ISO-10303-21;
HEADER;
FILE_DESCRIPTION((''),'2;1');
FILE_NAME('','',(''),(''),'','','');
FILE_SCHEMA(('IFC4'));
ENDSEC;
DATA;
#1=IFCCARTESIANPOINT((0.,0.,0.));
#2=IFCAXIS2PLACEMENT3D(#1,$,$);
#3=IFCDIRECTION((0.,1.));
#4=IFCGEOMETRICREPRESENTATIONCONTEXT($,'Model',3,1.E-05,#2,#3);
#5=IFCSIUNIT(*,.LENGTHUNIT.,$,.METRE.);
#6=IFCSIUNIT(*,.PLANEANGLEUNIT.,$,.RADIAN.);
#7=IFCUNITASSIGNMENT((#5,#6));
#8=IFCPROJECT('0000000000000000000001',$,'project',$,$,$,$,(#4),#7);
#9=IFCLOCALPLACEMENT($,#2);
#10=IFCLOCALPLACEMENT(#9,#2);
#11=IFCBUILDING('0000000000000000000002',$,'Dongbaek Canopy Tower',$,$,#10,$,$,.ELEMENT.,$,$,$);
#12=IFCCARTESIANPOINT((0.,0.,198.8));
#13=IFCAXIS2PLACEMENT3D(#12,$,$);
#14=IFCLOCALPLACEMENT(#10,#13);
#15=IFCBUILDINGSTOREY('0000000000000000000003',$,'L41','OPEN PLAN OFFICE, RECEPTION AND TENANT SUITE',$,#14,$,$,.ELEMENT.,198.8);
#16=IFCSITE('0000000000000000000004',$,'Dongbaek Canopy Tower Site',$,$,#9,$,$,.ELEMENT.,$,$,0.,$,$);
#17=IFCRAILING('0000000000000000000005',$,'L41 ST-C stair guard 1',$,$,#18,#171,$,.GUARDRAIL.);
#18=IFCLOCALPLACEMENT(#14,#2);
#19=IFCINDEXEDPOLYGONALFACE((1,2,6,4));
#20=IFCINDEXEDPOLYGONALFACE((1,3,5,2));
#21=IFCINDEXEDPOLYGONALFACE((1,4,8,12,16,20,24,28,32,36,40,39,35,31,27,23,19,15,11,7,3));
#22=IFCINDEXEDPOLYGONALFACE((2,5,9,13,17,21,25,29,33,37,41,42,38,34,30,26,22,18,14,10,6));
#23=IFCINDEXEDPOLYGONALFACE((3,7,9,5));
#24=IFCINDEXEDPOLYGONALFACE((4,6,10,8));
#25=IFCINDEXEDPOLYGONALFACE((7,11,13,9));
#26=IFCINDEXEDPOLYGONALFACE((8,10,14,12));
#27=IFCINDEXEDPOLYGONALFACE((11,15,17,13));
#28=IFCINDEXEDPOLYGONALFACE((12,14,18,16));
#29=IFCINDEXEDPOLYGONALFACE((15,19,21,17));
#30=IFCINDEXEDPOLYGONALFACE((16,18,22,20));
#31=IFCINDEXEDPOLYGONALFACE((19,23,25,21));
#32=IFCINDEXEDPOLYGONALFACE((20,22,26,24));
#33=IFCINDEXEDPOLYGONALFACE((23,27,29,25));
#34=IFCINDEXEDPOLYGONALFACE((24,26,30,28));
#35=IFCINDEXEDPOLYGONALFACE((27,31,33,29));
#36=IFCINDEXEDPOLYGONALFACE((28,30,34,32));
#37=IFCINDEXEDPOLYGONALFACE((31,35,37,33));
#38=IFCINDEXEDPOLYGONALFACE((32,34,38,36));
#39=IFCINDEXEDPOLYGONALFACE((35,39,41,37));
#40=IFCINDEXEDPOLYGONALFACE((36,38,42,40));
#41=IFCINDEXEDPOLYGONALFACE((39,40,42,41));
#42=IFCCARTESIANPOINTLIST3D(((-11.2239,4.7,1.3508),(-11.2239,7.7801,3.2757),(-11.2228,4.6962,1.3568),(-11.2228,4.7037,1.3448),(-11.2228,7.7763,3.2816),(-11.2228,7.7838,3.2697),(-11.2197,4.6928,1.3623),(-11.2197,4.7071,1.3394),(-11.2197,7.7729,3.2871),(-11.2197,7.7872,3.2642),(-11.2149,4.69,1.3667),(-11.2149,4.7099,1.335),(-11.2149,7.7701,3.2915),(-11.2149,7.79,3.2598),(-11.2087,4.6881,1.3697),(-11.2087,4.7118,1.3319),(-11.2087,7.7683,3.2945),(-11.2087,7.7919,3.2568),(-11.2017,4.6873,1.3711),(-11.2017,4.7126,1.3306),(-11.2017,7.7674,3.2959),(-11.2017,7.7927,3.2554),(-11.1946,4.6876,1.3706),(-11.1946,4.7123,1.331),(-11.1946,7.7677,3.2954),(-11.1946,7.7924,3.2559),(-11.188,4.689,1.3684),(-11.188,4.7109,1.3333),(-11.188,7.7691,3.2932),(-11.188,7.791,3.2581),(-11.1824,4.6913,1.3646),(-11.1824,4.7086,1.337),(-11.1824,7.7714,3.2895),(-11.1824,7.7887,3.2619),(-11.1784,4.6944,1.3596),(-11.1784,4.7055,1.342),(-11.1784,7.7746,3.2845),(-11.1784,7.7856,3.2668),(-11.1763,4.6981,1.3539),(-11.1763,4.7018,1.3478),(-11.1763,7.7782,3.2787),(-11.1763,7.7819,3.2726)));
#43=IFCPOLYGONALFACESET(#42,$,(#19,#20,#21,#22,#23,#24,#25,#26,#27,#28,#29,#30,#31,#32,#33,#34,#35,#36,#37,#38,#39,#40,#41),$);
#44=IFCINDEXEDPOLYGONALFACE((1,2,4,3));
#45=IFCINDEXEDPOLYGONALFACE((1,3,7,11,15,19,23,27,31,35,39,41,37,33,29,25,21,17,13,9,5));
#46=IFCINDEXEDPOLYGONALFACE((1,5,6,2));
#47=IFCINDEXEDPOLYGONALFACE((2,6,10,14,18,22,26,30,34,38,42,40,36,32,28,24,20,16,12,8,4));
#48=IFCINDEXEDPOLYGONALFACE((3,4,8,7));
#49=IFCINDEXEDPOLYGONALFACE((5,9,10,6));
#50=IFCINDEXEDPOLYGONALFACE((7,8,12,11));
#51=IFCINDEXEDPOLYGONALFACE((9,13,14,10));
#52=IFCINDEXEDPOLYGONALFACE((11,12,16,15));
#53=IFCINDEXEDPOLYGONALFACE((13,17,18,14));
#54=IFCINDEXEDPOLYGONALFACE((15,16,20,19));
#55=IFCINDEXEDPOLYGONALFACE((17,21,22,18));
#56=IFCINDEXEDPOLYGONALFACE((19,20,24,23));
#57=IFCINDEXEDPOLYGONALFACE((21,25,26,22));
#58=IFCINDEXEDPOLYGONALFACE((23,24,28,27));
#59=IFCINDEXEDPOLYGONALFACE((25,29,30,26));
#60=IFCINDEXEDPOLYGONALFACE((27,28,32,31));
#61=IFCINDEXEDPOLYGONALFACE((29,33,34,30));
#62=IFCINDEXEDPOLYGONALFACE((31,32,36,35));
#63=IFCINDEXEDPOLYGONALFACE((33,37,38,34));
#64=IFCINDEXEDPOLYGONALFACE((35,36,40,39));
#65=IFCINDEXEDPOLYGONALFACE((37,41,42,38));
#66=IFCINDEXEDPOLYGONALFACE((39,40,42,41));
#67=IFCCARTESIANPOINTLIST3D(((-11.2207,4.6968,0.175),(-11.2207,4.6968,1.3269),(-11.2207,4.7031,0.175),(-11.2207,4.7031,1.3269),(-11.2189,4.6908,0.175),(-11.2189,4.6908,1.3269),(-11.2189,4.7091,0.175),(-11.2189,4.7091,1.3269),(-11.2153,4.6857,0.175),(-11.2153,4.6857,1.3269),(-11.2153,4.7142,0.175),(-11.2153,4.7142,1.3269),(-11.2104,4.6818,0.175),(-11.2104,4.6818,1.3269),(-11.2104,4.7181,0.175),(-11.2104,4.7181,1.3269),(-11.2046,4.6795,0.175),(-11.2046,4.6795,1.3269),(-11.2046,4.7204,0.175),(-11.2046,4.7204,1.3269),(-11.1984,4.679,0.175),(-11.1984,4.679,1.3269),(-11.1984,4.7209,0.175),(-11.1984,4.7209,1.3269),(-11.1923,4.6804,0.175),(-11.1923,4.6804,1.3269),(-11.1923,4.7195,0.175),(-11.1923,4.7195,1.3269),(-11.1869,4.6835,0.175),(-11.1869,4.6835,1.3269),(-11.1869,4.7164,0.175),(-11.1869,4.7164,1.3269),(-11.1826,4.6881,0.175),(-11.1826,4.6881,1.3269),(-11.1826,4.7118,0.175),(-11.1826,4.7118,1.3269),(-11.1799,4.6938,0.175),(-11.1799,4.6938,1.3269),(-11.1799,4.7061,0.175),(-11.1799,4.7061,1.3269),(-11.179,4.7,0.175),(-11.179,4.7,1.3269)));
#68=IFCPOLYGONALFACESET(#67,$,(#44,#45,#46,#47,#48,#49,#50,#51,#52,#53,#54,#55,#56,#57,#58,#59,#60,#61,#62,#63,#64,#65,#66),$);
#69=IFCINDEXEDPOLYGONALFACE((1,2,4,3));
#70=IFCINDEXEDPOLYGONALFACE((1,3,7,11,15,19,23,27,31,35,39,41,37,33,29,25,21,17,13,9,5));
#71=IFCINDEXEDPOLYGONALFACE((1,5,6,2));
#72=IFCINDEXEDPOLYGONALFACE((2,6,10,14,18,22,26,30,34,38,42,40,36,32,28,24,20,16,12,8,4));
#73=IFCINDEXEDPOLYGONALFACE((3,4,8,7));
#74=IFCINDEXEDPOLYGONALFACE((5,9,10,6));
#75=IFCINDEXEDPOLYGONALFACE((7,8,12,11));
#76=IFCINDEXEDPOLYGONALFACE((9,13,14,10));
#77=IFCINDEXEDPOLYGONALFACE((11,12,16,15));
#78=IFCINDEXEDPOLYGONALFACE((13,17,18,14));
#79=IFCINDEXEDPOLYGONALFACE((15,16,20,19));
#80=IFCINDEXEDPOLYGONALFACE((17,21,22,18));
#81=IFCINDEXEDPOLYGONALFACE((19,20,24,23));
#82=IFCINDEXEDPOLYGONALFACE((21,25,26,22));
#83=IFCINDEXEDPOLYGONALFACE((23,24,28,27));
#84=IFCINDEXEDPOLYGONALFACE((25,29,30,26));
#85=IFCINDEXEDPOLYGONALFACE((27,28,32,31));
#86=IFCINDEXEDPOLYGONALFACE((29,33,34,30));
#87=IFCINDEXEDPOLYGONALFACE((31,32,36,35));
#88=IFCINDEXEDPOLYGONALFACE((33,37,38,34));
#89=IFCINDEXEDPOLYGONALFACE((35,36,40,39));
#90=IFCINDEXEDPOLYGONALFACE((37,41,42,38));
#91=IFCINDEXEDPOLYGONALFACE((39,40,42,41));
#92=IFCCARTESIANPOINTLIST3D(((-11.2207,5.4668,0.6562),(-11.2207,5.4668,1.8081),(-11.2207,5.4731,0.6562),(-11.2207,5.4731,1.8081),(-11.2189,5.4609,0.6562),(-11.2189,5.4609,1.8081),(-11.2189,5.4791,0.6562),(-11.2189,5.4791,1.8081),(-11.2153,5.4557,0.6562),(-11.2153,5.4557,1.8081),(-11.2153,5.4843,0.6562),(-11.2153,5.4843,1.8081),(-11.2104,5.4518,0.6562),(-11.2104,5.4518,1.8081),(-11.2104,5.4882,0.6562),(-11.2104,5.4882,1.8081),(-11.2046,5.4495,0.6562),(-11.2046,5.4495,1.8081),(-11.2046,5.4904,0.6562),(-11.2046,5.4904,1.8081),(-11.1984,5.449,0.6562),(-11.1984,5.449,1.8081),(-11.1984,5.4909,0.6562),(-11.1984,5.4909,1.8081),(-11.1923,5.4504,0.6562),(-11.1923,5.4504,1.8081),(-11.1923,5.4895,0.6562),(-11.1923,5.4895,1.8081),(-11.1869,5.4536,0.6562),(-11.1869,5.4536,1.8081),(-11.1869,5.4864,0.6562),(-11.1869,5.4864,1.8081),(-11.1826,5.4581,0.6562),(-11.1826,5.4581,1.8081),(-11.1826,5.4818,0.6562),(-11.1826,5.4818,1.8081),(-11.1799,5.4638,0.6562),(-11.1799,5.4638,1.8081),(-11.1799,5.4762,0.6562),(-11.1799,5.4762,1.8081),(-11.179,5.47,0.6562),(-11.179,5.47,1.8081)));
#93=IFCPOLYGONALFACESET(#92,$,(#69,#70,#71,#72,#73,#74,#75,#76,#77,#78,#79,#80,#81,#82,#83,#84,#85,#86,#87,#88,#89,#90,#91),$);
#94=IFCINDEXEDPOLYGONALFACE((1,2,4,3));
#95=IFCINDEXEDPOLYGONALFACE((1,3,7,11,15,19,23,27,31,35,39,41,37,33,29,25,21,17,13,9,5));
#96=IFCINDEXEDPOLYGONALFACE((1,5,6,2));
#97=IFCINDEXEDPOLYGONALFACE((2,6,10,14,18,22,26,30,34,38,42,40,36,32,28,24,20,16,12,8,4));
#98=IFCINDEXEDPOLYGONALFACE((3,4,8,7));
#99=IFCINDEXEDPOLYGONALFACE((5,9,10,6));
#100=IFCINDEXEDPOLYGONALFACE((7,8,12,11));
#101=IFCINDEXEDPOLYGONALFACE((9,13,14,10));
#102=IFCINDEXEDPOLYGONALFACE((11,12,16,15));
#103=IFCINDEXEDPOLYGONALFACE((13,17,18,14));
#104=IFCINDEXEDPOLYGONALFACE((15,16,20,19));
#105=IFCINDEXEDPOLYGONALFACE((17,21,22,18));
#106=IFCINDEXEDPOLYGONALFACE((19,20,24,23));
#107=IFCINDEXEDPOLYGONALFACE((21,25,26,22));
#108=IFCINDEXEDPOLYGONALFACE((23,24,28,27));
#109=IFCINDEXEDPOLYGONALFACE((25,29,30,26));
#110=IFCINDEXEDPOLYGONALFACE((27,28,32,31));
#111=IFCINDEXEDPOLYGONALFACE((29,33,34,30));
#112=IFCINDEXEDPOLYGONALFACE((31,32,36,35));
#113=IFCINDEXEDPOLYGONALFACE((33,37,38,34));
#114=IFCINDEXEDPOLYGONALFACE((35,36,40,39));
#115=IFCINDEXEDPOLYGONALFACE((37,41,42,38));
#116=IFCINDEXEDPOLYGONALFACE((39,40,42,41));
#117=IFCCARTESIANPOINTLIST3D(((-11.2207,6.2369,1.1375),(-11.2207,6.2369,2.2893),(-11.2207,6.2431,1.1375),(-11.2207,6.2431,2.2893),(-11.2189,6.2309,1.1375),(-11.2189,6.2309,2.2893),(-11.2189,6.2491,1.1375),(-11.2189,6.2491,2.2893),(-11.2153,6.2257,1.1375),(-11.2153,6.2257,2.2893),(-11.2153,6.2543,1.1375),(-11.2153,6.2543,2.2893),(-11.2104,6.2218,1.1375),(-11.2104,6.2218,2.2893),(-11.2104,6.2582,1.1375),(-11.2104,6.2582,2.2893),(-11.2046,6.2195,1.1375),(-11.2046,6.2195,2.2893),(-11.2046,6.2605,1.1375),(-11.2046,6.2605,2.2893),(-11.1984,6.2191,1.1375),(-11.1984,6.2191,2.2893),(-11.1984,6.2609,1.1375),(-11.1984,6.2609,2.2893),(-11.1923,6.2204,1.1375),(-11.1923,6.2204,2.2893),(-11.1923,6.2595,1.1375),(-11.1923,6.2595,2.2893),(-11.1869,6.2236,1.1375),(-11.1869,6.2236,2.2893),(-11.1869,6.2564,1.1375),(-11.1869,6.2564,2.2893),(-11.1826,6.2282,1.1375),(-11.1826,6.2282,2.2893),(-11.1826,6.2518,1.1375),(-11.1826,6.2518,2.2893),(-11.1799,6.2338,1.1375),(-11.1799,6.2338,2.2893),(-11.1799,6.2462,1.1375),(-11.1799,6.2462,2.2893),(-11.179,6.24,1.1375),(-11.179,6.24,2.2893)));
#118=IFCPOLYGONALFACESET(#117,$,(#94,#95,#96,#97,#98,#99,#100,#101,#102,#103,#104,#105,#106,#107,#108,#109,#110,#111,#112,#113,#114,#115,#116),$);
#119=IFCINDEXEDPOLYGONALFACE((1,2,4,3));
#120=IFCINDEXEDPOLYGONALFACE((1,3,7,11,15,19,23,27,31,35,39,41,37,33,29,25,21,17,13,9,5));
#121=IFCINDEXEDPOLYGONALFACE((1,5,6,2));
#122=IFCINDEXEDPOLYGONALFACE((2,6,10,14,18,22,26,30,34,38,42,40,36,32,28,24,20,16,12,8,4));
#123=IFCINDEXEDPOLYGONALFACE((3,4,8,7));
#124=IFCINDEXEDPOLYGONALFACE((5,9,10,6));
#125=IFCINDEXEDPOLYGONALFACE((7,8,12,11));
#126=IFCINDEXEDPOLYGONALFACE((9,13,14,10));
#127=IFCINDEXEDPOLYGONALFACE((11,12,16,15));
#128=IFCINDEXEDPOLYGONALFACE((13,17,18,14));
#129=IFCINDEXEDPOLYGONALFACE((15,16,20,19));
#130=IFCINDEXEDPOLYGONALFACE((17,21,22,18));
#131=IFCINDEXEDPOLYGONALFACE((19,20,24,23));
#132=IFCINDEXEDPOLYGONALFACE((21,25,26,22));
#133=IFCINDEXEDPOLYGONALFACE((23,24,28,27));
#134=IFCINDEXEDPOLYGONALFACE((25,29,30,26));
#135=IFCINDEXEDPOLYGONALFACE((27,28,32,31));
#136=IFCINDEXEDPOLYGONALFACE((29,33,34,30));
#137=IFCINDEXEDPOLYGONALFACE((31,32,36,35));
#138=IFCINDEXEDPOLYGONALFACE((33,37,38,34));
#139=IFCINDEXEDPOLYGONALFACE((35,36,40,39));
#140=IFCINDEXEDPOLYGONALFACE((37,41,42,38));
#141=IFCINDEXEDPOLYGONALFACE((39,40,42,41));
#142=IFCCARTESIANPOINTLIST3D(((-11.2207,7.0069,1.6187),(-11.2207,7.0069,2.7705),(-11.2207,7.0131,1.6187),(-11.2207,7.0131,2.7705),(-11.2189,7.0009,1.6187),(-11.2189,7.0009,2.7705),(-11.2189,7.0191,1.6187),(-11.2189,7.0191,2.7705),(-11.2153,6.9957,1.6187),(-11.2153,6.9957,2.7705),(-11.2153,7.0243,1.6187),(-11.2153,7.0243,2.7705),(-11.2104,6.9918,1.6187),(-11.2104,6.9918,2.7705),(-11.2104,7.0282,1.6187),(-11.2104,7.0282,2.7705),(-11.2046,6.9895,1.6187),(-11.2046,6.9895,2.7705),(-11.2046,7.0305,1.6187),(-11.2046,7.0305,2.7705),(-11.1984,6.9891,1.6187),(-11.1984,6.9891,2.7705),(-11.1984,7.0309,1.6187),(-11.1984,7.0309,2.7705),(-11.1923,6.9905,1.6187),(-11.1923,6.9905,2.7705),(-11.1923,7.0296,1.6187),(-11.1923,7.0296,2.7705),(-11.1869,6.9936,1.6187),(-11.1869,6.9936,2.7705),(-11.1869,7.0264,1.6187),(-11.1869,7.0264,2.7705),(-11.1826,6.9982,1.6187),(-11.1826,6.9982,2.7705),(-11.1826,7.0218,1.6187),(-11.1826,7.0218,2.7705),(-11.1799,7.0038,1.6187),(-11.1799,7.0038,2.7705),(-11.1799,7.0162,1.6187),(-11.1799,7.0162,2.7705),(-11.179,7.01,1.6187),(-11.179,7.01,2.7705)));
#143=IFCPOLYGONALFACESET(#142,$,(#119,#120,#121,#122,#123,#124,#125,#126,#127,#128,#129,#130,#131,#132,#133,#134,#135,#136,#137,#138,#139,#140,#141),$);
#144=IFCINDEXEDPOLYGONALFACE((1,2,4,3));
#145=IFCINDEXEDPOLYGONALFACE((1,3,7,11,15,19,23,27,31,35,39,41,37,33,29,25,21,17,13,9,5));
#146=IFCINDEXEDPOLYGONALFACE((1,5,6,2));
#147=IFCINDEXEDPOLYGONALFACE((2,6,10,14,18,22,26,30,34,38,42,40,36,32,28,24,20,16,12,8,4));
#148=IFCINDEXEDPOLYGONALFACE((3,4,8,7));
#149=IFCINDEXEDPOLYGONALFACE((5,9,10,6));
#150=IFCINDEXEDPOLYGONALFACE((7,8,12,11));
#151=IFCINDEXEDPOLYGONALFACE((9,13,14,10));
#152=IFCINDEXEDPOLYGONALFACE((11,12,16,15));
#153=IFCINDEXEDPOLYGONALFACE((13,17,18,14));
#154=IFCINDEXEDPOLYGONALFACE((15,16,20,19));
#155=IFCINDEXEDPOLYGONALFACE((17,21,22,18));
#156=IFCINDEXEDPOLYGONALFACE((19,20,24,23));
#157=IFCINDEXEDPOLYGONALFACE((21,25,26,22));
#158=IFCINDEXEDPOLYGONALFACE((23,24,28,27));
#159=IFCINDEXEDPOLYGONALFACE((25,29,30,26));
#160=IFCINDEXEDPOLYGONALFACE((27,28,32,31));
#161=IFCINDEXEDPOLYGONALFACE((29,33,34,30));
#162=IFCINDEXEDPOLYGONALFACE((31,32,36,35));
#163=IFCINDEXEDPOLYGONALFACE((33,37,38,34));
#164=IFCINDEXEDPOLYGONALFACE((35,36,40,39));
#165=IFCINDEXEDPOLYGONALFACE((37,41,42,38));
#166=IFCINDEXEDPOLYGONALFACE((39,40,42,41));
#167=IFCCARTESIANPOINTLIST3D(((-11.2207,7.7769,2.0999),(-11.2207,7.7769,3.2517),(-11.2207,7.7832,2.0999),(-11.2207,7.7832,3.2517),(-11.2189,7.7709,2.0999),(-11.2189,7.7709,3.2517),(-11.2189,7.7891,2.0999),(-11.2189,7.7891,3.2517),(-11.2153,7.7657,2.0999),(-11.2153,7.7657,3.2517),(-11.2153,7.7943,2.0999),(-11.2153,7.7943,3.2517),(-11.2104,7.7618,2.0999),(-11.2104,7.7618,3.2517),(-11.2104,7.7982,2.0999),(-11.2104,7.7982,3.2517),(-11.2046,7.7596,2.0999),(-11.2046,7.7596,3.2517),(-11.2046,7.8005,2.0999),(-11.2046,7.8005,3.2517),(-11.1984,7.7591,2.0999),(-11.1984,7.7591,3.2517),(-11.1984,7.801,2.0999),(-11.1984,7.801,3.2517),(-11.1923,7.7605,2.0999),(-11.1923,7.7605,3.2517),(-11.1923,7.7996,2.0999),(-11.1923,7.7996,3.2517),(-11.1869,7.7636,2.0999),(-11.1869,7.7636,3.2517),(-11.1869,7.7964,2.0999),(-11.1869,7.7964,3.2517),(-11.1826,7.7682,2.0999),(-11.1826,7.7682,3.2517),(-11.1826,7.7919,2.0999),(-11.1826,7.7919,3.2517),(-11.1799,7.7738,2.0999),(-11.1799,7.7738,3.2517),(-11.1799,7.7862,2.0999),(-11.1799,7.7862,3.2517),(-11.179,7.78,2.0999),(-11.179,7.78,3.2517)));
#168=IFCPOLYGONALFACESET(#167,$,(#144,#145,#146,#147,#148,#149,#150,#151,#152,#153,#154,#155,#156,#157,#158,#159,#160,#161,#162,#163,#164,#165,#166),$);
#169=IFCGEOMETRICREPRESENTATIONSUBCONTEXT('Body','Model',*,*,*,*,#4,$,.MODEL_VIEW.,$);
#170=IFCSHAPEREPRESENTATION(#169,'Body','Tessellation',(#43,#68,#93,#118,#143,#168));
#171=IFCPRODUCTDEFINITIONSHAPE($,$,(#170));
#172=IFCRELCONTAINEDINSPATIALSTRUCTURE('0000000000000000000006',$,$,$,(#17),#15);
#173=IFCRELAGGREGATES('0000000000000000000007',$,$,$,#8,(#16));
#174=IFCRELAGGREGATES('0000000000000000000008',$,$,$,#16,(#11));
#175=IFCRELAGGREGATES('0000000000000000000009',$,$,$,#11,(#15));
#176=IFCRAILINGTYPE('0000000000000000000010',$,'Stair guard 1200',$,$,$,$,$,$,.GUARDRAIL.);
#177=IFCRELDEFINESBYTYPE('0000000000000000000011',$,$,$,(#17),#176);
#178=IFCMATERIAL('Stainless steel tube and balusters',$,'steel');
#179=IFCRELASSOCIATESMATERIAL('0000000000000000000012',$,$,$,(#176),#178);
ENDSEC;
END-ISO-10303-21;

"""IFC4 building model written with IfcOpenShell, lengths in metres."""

from ifc_helpers import new_model, si_unit, direction, frame, origin, origin_2d, place, context, subcontext, project, spatial, circle, extrude, material, type_object, element, save


model = new_model("IFC4")

# Units and contexts
model_context = context("Model", 3, precision=1e-05, world=origin(), true_north=direction((0.0, 1.0)))
body_context = subcontext(model_context, "Body", "Model", "MODEL_VIEW")
ifc_project = project(units=[si_unit("LENGTHUNIT", "METRE"), si_unit("PLANEANGLEUNIT", "RADIAN")], contexts=[model_context])

# Site, building, storey
site_placement = place(None, origin())
site = spatial("IfcSite", under=ifc_project, at=site_placement, Name="Dongbaek Canopy Tower Site", CompositionType="ELEMENT", RefElevation=0.0)
building_placement = place(site_placement, origin())
building = spatial("IfcBuilding", under=site, at=building_placement, Name="Dongbaek Canopy Tower", CompositionType="ELEMENT")
storey_placement = place(building_placement, frame((0.0, 0.0, 198.8)))
storey = spatial("IfcBuildingStorey", under=building, at=storey_placement, Name="L41", Description="OPEN PLAN OFFICE, RECEPTION AND TENANT SUITE", CompositionType="ELEMENT", Elevation=198.8)

# Railing
ifc_material_1 = material(Name="Stainless steel tube and balusters", Category="steel")
railing_type_1 = type_object("IfcRailingType", Name="Stair guard 1200", PredefinedType="GUARDRAIL", material=ifc_material_1)
railing_1_placement = place(storey_placement, frame((-11.2, 4.7, 0.175)))
element("IfcRailing", 1, at=railing_1_placement, inside=storey, type_object=railing_type_1, Name="L41 ST-C stair guard 1", PredefinedType="GUARDRAIL", context=body_context, shape_type="SweptSolid", body=[
    extrude(circle(Radius=0.0239, at=origin_2d()), frame((0.0, 0.0, 1.1758), z_axis=(0.0, 0.848029, 0.529951), x_axis=(-1.0, 0.0, 0.0)), (0.0, 0.0, 1.0), 3.6321),
    extrude(circle(Radius=0.021, at=origin_2d()), origin(), (0.0, 0.0, 1.0), 1.1519),
    extrude(circle(Radius=0.021, at=origin_2d()), frame((0.0, 0.77, 0.4812)), (0.0, 0.0, 1.0), 1.1519),
    extrude(circle(Radius=0.021, at=origin_2d()), frame((0.0, 1.54, 0.9624)), (0.0, 0.0, 1.0), 1.1519),
    extrude(circle(Radius=0.021, at=origin_2d()), frame((0.0, 2.3101, 1.4436)), (0.0, 0.0, 1.0), 1.1519),
    extrude(circle(Radius=0.021, at=origin_2d()), frame((0.0, 3.0801, 1.9248)), (0.0, 0.0, 1.0), 1.1519),
])

save(model, "model.ifc")
